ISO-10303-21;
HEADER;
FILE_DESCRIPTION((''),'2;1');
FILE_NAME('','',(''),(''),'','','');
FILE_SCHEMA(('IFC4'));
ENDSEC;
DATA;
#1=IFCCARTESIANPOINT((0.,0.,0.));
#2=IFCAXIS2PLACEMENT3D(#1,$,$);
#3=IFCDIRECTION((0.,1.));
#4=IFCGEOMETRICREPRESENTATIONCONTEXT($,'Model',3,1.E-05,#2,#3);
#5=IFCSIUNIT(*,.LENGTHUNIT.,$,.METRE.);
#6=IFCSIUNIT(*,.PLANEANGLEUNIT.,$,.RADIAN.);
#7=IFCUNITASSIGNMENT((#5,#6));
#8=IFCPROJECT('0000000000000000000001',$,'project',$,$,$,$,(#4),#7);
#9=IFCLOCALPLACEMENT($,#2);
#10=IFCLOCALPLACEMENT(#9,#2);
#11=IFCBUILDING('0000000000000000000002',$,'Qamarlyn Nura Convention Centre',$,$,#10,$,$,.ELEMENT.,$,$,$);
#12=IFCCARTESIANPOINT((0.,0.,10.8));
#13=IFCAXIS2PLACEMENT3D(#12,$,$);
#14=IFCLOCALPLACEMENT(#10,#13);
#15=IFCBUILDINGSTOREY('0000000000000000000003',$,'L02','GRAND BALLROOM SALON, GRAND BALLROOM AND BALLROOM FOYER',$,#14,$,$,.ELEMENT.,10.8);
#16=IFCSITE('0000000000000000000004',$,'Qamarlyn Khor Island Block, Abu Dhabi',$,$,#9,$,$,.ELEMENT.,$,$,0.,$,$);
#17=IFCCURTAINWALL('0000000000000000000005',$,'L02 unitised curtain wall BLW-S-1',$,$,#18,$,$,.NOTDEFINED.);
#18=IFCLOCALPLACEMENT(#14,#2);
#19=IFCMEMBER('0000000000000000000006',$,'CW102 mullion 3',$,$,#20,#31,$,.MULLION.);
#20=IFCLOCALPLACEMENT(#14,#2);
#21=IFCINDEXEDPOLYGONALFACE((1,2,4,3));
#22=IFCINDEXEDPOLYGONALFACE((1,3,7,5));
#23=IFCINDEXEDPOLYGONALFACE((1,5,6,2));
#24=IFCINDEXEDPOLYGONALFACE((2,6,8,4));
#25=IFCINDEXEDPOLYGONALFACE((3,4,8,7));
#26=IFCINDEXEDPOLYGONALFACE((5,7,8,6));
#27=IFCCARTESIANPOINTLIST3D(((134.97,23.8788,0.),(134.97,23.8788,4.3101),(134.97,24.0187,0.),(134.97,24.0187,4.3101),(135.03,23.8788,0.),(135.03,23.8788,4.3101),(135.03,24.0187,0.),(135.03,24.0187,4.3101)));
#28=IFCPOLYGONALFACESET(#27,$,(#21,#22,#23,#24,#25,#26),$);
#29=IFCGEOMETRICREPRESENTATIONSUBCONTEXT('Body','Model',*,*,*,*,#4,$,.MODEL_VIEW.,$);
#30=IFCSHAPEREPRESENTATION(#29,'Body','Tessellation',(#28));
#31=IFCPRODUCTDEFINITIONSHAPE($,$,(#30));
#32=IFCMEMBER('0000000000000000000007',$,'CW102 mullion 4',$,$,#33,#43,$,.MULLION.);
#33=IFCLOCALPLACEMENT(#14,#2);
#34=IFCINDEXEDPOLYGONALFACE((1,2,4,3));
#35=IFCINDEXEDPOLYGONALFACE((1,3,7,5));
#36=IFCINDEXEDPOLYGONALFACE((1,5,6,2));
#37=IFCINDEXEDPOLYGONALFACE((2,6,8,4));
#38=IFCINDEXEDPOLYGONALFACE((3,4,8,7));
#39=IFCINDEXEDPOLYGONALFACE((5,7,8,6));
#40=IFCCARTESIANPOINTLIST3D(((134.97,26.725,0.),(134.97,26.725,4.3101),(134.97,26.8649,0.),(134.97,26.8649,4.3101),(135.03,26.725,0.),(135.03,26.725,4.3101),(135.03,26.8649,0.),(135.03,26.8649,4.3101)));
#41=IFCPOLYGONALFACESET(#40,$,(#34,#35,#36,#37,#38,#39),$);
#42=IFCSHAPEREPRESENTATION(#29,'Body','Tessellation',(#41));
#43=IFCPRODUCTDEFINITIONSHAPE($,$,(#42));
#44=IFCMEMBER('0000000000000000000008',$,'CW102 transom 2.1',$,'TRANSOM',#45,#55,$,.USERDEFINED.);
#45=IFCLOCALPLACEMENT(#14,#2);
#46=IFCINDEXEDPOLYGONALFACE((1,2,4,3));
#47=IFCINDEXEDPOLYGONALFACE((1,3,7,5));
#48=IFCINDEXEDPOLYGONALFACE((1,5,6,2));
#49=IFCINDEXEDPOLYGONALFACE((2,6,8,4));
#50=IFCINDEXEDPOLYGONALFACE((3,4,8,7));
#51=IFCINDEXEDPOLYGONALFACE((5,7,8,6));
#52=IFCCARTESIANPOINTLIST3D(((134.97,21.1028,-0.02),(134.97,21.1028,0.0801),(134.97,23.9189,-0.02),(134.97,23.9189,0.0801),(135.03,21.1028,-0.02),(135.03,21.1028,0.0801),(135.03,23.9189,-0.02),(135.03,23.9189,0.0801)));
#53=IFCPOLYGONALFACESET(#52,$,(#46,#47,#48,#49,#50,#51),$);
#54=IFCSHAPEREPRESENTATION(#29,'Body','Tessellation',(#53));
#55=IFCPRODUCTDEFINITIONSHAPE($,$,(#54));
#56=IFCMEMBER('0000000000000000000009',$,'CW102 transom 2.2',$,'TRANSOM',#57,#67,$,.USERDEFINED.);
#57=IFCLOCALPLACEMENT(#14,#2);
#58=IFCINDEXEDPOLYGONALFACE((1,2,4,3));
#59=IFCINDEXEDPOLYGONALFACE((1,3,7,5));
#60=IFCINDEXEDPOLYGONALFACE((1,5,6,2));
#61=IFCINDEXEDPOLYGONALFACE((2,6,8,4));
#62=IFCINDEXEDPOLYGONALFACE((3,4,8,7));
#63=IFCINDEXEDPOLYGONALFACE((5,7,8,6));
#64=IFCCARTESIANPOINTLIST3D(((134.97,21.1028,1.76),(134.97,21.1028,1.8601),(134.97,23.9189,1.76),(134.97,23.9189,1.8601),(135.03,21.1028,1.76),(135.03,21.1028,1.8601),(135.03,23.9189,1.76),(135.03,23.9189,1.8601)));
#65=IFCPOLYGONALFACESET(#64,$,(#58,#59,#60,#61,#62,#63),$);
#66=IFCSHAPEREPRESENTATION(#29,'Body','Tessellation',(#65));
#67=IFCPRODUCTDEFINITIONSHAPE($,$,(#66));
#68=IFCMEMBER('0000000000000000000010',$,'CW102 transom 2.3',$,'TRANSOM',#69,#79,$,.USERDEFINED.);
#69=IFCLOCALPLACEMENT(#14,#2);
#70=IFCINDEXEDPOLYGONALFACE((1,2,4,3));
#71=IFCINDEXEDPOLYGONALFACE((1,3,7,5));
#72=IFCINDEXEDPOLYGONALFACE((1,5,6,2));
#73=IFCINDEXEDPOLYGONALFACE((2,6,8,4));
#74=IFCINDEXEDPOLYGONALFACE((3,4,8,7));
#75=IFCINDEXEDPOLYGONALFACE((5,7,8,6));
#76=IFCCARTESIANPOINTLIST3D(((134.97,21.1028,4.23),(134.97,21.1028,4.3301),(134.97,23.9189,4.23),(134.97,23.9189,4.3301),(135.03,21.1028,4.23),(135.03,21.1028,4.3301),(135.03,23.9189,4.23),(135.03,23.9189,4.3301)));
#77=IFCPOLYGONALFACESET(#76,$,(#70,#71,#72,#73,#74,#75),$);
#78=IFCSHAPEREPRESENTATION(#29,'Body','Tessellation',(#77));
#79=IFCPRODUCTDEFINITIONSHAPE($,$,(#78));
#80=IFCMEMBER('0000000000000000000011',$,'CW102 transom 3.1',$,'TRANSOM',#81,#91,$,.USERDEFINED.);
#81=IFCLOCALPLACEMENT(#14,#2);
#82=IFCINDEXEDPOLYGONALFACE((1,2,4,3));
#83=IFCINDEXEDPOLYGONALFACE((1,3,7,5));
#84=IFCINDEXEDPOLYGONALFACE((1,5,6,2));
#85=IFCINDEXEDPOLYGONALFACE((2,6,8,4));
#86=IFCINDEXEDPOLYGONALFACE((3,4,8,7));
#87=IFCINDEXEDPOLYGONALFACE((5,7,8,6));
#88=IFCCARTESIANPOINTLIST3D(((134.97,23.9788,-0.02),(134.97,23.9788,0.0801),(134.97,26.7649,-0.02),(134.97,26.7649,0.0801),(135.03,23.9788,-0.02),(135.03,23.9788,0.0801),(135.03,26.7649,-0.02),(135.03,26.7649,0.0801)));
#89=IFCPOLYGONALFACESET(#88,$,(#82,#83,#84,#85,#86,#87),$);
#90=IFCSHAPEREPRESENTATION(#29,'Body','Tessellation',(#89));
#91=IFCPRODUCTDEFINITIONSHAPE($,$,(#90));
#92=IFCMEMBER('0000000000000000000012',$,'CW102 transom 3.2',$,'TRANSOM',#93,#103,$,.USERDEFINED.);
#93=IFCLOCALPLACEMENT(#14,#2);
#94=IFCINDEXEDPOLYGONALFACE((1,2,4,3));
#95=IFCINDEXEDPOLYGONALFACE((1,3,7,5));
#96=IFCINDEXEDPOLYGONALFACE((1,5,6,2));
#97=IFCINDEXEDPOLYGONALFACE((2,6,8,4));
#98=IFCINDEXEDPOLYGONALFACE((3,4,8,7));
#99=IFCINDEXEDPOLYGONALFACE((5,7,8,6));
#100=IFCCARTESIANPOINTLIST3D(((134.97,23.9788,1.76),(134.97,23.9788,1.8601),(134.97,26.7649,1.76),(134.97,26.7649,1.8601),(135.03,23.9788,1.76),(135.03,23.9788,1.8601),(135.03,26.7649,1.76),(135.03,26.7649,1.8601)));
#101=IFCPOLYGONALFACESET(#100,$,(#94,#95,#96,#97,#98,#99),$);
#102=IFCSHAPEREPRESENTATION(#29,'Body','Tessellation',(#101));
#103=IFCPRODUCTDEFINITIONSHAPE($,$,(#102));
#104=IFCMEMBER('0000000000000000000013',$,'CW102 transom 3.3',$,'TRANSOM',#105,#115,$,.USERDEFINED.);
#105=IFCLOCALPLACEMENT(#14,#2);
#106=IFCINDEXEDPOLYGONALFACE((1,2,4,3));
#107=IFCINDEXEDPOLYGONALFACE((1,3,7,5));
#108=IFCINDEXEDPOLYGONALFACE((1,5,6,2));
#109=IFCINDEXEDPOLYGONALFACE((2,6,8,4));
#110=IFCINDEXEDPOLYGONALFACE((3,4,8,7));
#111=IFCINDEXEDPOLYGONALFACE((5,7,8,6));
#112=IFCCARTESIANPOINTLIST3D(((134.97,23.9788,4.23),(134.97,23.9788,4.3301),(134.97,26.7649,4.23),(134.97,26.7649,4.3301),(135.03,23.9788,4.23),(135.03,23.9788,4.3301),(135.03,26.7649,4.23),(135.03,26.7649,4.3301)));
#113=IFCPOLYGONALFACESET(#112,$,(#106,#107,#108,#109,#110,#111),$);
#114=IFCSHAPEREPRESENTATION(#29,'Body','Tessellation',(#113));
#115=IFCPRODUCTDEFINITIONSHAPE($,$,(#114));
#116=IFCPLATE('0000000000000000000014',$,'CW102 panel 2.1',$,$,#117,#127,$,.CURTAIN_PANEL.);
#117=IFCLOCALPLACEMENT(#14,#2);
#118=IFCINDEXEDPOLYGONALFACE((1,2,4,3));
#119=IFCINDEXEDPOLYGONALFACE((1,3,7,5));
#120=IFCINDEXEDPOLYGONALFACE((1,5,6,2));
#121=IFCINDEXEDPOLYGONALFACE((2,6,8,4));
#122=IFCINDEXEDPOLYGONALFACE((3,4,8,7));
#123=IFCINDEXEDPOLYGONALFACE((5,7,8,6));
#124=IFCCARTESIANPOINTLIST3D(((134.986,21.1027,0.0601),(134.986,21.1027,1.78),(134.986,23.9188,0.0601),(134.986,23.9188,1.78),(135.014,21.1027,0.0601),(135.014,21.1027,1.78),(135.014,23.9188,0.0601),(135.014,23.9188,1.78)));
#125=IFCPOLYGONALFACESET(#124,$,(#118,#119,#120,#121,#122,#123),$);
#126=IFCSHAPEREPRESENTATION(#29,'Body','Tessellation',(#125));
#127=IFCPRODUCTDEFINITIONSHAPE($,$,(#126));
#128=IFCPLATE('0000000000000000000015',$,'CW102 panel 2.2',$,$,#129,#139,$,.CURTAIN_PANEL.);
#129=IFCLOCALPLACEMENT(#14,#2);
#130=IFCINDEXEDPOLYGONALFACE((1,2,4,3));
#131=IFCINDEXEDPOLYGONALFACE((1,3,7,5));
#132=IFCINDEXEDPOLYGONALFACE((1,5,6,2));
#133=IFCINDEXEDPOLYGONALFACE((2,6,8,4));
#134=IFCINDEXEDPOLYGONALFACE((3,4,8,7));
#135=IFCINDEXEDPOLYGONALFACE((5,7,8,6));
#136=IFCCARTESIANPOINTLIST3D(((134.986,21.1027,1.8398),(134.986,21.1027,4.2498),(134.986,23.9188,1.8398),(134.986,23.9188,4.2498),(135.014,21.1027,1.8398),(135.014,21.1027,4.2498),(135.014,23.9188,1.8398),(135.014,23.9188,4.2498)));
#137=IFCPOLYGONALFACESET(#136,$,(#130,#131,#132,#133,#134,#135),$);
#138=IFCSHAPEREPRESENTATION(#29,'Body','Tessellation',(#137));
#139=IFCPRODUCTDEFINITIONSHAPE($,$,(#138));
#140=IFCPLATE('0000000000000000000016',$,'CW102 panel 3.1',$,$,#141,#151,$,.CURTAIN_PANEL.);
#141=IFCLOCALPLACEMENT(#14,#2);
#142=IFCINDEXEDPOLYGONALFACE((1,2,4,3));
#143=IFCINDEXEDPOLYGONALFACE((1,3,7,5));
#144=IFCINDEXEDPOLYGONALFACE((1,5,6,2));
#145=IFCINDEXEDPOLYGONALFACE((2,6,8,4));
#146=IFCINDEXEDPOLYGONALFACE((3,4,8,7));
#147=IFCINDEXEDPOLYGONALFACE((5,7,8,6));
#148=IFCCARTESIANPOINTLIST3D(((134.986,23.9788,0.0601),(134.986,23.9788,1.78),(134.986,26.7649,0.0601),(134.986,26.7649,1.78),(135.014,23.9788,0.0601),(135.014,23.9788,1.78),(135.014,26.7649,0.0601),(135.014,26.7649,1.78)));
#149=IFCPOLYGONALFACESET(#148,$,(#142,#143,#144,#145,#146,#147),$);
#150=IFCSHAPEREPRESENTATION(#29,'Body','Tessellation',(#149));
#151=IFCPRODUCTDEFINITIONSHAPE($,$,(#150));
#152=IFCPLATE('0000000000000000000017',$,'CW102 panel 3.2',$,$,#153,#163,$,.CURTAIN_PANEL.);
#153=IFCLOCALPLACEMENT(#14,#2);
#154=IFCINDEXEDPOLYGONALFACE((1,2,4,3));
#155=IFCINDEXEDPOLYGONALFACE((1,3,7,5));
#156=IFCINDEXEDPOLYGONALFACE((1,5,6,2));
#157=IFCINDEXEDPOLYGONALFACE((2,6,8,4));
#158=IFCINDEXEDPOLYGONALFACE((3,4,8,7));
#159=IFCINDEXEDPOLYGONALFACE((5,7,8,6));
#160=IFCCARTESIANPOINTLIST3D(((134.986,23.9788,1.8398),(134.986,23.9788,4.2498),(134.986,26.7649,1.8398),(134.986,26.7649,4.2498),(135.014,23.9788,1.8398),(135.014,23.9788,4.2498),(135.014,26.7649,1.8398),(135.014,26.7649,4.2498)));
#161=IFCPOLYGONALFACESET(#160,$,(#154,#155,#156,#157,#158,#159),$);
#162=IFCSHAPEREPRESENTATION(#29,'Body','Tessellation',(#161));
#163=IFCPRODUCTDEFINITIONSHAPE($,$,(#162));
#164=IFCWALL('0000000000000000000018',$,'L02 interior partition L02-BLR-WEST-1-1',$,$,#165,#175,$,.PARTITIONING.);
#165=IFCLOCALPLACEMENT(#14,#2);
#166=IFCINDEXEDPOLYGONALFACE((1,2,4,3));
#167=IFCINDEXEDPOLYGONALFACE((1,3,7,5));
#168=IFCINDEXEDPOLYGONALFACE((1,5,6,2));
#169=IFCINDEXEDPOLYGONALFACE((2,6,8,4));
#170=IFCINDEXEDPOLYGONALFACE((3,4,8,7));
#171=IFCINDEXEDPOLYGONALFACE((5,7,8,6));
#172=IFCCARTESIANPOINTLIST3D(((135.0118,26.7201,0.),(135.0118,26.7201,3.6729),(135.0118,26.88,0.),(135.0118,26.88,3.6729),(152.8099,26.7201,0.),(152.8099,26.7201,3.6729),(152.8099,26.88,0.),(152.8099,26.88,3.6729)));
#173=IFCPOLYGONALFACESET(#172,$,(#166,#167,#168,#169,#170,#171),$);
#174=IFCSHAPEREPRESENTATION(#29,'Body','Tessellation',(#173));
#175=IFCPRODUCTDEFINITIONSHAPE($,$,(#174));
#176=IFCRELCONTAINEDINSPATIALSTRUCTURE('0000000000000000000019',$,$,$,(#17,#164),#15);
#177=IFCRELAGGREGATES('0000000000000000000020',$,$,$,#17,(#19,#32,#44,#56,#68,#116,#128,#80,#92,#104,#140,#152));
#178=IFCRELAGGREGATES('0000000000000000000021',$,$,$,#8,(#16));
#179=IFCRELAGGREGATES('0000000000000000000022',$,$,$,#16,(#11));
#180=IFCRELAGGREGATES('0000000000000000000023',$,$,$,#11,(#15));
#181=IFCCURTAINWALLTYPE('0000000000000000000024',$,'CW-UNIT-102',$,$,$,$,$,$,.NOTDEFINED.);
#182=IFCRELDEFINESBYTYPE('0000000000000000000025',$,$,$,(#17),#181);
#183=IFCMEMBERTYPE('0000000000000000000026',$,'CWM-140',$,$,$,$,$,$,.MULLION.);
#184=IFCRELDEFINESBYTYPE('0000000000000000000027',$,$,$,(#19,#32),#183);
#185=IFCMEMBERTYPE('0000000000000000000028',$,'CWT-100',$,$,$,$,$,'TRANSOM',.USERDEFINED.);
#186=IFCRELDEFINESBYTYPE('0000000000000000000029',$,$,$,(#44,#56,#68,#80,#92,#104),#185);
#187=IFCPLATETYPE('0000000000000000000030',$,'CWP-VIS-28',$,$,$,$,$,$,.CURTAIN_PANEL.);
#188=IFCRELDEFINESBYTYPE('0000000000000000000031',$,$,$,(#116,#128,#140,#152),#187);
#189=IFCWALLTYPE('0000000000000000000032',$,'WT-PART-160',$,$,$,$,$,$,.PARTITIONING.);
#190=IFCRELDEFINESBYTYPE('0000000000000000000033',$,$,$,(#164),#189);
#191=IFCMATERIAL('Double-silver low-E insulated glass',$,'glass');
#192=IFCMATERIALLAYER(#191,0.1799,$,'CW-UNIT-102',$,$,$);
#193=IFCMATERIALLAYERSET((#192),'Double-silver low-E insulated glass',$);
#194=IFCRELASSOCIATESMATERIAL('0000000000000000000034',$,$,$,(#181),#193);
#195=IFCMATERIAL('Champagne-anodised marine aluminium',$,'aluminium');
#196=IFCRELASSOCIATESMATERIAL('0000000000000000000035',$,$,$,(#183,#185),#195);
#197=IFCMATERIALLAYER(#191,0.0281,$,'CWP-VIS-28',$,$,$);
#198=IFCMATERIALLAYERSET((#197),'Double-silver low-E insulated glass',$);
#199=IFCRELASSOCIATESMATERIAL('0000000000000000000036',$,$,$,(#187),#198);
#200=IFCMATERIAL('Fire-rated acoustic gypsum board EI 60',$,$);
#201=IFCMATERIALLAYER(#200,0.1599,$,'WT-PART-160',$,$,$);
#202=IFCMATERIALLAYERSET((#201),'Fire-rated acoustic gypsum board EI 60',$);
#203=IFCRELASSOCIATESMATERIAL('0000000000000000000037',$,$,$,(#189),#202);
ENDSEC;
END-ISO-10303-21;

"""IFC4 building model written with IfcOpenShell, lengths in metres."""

from ifc_helpers import new_model, si_unit, direction, frame, frame_2d, origin, origin_2d, place, context, subcontext, project, spatial, rectangle, extrude, material, layer, layer_set, material_profile, profile_set, type_object, element, aggregate, save


model = new_model("IFC4")

# Units and contexts
model_context = context("Model", 3, precision=1e-05, world=origin(), true_north=direction((0.0, 1.0)))
body_context = subcontext(model_context, "Body", "Model", "MODEL_VIEW")
ifc_project = project(units=[si_unit("LENGTHUNIT", "METRE"), si_unit("PLANEANGLEUNIT", "RADIAN")], contexts=[model_context])

# Site, building, storey
site_placement = place(None, origin())
site = spatial("IfcSite", under=ifc_project, at=site_placement, Name="Qamarlyn Khor Island Block, Abu Dhabi", CompositionType="ELEMENT", RefElevation=0.0)
building_placement = place(site_placement, origin())
building = spatial("IfcBuilding", under=site, at=building_placement, Name="Qamarlyn Nura Convention Centre", CompositionType="ELEMENT")
storey_placement = place(building_placement, frame((0.0, 0.0, 10.8)))
storey = spatial("IfcBuildingStorey", under=building, at=storey_placement, Name="L02", Description="GRAND BALLROOM SALON, GRAND BALLROOM AND BALLROOM FOYER", CompositionType="ELEMENT", Elevation=10.8)

# Curtain wall, members, plates
ifc_material_1 = material(Name="Double-silver low-E insulated glass", Category="glass")
ifc_layer_1 = layer(ifc_material_1, 0.1799, Name="CW-UNIT-102")
ifc_layer_set_1 = layer_set([ifc_layer_1], Name="Double-silver low-E insulated glass")
curtain_wall_type = type_object("IfcCurtainWallType", Name="CW-UNIT-102", PredefinedType="NOTDEFINED", material=ifc_layer_set_1)
curtain_wall_placement = place(storey_placement, origin())
curtain_wall = element("IfcCurtainWall", 1, at=curtain_wall_placement, inside=storey, type_object=curtain_wall_type, Name="L02 unitised curtain wall BLW-S-1", PredefinedType="NOTDEFINED")
ifc_material_2 = material(Name="Champagne-anodised marine aluminium", Category="aluminium")
ifc_material_profile_1 = material_profile(ifc_material_2, rectangle(XDim=0.0601, YDim=0.1399, at=origin_2d()), Name="ALU MULLION 60x140")
ifc_profile_set_1 = profile_set([ifc_material_profile_1], Name="Champagne-anodised marine aluminium")
member_type_1 = type_object("IfcMemberType", Name="CWM-140", PredefinedType="MULLION", material=ifc_profile_set_1)
member_1_placement = place(storey_placement, frame((135.0, 23.9487, 0.0), z_axis=(0.0, 0.0, 1.0), x_axis=(-1.0, 0.0, 0.0)))
member_1 = element("IfcMember", 2, at=member_1_placement, type_object=member_type_1, Name="CW102 mullion 3", PredefinedType="MULLION", context=body_context, shape_type="SweptSolid", body=[
    extrude(rectangle(XDim=0.0601, YDim=0.1399, at=origin_2d()), origin(), (0.0, 0.0, 1.0), 4.3101),
])
member_2_placement = place(storey_placement, frame((135.0, 26.7949, 0.0), z_axis=(0.0, 0.0, 1.0), x_axis=(-1.0, 0.0, 0.0)))
member_2 = element("IfcMember", 3, at=member_2_placement, type_object=member_type_1, Name="CW102 mullion 4", PredefinedType="MULLION", context=body_context, shape_type="SweptSolid", body=[
    extrude(rectangle(XDim=0.0601, YDim=0.1399, at=origin_2d()), origin(), (0.0, 0.0, 1.0), 4.3101),
])
ifc_material_profile_2 = material_profile(ifc_material_2, rectangle(XDim=0.0601, YDim=0.1001, at=origin_2d()), Name="ALU TRANSOM 60x100")
ifc_profile_set_2 = profile_set([ifc_material_profile_2], Name="Champagne-anodised marine aluminium")
member_type_2 = type_object("IfcMemberType", Name="CWT-100", ElementType="TRANSOM", PredefinedType="USERDEFINED", material=ifc_profile_set_2)
member_3_placement = place(storey_placement, frame((135.0, 21.1028, 0.03), z_axis=(0.0, 1.0, 0.0), x_axis=(-1.0, 0.0, 0.0)))
member_3 = element("IfcMember", 4, at=member_3_placement, type_object=member_type_2, Name="CW102 transom 2.1", ObjectType="TRANSOM", PredefinedType="USERDEFINED", context=body_context, shape_type="SweptSolid", body=[
    extrude(rectangle(XDim=0.0601, YDim=0.1001, at=origin_2d()), origin(), (0.0, 0.0, 1.0), 2.8162),
])
member_4_placement = place(storey_placement, frame((135.0, 21.1028, 1.8101), z_axis=(0.0, 1.0, 0.0), x_axis=(-1.0, 0.0, 0.0)))
member_4 = element("IfcMember", 5, at=member_4_placement, type_object=member_type_2, Name="CW102 transom 2.2", ObjectType="TRANSOM", PredefinedType="USERDEFINED", context=body_context, shape_type="SweptSolid", body=[
    extrude(rectangle(XDim=0.0601, YDim=0.1001, at=origin_2d()), origin(), (0.0, 0.0, 1.0), 2.8162),
])
member_5_placement = place(storey_placement, frame((135.0, 21.1028, 4.28), z_axis=(0.0, 1.0, 0.0), x_axis=(-1.0, 0.0, 0.0)))
member_5 = element("IfcMember", 6, at=member_5_placement, type_object=member_type_2, Name="CW102 transom 2.3", ObjectType="TRANSOM", PredefinedType="USERDEFINED", context=body_context, shape_type="SweptSolid", body=[
    extrude(rectangle(XDim=0.0601, YDim=0.1001, at=origin_2d()), origin(), (0.0, 0.0, 1.0), 2.8162),
])
member_6_placement = place(storey_placement, frame((135.0, 23.9788, 0.03), z_axis=(0.0, 1.0, 0.0), x_axis=(-1.0, 0.0, 0.0)))
member_6 = element("IfcMember", 7, at=member_6_placement, type_object=member_type_2, Name="CW102 transom 3.1", ObjectType="TRANSOM", PredefinedType="USERDEFINED", context=body_context, shape_type="SweptSolid", body=[
    extrude(rectangle(XDim=0.0601, YDim=0.1001, at=origin_2d()), origin(), (0.0, 0.0, 1.0), 2.7861),
])
member_7_placement = place(storey_placement, frame((135.0, 23.9788, 1.8101), z_axis=(0.0, 1.0, 0.0), x_axis=(-1.0, 0.0, 0.0)))
member_7 = element("IfcMember", 8, at=member_7_placement, type_object=member_type_2, Name="CW102 transom 3.2", ObjectType="TRANSOM", PredefinedType="USERDEFINED", context=body_context, shape_type="SweptSolid", body=[
    extrude(rectangle(XDim=0.0601, YDim=0.1001, at=origin_2d()), origin(), (0.0, 0.0, 1.0), 2.7861),
])
member_8_placement = place(storey_placement, frame((135.0, 23.9788, 4.28), z_axis=(0.0, 1.0, 0.0), x_axis=(-1.0, 0.0, 0.0)))
member_8 = element("IfcMember", 9, at=member_8_placement, type_object=member_type_2, Name="CW102 transom 3.3", ObjectType="TRANSOM", PredefinedType="USERDEFINED", context=body_context, shape_type="SweptSolid", body=[
    extrude(rectangle(XDim=0.0601, YDim=0.1001, at=origin_2d()), origin(), (0.0, 0.0, 1.0), 2.7861),
])
ifc_layer_2 = layer(ifc_material_1, 0.0281, Name="CWP-VIS-28")
ifc_layer_set_2 = layer_set([ifc_layer_2], Name="Double-silver low-E insulated glass")
plate_type = type_object("IfcPlateType", Name="CWP-VIS-28", PredefinedType="CURTAIN_PANEL", material=ifc_layer_set_2)
plate_1_placement = place(storey_placement, frame((135.0, 22.5107, 0.0601), z_axis=(0.0, 0.0, 1.0), x_axis=(0.0, 1.0, 0.0)))
plate_1 = element("IfcPlate", 10, at=plate_1_placement, type_object=plate_type, Name="CW102 panel 2.1", PredefinedType="CURTAIN_PANEL", context=body_context, shape_type="SweptSolid", body=[
    extrude(rectangle(XDim=2.8162, YDim=0.0281, at=origin_2d()), origin(), (0.0, 0.0, 1.0), 1.72),
])
plate_2_placement = place(storey_placement, frame((135.0, 22.5107, 1.8398), z_axis=(0.0, 0.0, 1.0), x_axis=(0.0, 1.0, 0.0)))
plate_2 = element("IfcPlate", 11, at=plate_2_placement, type_object=plate_type, Name="CW102 panel 2.2", PredefinedType="CURTAIN_PANEL", context=body_context, shape_type="SweptSolid", body=[
    extrude(rectangle(XDim=2.8162, YDim=0.0281, at=origin_2d()), origin(), (0.0, 0.0, 1.0), 2.4099),
])
plate_3_placement = place(storey_placement, frame((135.0, 25.3718, 0.0601), z_axis=(0.0, 0.0, 1.0), x_axis=(0.0, 1.0, 0.0)))
plate_3 = element("IfcPlate", 12, at=plate_3_placement, type_object=plate_type, Name="CW102 panel 3.1", PredefinedType="CURTAIN_PANEL", context=body_context, shape_type="SweptSolid", body=[
    extrude(rectangle(XDim=2.7861, YDim=0.0281, at=origin_2d()), origin(), (0.0, 0.0, 1.0), 1.72),
])
plate_4_placement = place(storey_placement, frame((135.0, 25.3718, 1.8398), z_axis=(0.0, 0.0, 1.0), x_axis=(0.0, 1.0, 0.0)))
plate_4 = element("IfcPlate", 13, at=plate_4_placement, type_object=plate_type, Name="CW102 panel 3.2", PredefinedType="CURTAIN_PANEL", context=body_context, shape_type="SweptSolid", body=[
    extrude(rectangle(XDim=2.7861, YDim=0.0281, at=origin_2d()), origin(), (0.0, 0.0, 1.0), 2.4099),
])
aggregate(curtain_wall, [member_1, member_2, member_3, member_4, member_5, plate_1, plate_2, member_6, member_7, member_8, plate_3, plate_4])

# Wall
ifc_material_3 = material(Name="Fire-rated acoustic gypsum board EI 60")
ifc_layer_3 = layer(ifc_material_3, 0.1599, Name="WT-PART-160")
ifc_layer_set_3 = layer_set([ifc_layer_3], Name="Fire-rated acoustic gypsum board EI 60")
wall_type = type_object("IfcWallType", Name="WT-PART-160", PredefinedType="PARTITIONING", material=ifc_layer_set_3)
wall_placement = place(storey_placement, frame((135.012, 26.8, 0.0), z_axis=(0.0, 0.0, 1.0), x_axis=(1.0, 0.0, 0.0)))
element("IfcWall", 14, at=wall_placement, inside=storey, type_object=wall_type, Name="L02 interior partition L02-BLR-WEST-1-1", PredefinedType="PARTITIONING", context=body_context, shape_type="SweptSolid", body=[
    extrude(rectangle(XDim=17.7981, YDim=0.1599, at=frame_2d((8.8989, 0.0))), origin(), (0.0, 0.0, 1.0), 3.6729),
])

save(model, "model.ifc")
